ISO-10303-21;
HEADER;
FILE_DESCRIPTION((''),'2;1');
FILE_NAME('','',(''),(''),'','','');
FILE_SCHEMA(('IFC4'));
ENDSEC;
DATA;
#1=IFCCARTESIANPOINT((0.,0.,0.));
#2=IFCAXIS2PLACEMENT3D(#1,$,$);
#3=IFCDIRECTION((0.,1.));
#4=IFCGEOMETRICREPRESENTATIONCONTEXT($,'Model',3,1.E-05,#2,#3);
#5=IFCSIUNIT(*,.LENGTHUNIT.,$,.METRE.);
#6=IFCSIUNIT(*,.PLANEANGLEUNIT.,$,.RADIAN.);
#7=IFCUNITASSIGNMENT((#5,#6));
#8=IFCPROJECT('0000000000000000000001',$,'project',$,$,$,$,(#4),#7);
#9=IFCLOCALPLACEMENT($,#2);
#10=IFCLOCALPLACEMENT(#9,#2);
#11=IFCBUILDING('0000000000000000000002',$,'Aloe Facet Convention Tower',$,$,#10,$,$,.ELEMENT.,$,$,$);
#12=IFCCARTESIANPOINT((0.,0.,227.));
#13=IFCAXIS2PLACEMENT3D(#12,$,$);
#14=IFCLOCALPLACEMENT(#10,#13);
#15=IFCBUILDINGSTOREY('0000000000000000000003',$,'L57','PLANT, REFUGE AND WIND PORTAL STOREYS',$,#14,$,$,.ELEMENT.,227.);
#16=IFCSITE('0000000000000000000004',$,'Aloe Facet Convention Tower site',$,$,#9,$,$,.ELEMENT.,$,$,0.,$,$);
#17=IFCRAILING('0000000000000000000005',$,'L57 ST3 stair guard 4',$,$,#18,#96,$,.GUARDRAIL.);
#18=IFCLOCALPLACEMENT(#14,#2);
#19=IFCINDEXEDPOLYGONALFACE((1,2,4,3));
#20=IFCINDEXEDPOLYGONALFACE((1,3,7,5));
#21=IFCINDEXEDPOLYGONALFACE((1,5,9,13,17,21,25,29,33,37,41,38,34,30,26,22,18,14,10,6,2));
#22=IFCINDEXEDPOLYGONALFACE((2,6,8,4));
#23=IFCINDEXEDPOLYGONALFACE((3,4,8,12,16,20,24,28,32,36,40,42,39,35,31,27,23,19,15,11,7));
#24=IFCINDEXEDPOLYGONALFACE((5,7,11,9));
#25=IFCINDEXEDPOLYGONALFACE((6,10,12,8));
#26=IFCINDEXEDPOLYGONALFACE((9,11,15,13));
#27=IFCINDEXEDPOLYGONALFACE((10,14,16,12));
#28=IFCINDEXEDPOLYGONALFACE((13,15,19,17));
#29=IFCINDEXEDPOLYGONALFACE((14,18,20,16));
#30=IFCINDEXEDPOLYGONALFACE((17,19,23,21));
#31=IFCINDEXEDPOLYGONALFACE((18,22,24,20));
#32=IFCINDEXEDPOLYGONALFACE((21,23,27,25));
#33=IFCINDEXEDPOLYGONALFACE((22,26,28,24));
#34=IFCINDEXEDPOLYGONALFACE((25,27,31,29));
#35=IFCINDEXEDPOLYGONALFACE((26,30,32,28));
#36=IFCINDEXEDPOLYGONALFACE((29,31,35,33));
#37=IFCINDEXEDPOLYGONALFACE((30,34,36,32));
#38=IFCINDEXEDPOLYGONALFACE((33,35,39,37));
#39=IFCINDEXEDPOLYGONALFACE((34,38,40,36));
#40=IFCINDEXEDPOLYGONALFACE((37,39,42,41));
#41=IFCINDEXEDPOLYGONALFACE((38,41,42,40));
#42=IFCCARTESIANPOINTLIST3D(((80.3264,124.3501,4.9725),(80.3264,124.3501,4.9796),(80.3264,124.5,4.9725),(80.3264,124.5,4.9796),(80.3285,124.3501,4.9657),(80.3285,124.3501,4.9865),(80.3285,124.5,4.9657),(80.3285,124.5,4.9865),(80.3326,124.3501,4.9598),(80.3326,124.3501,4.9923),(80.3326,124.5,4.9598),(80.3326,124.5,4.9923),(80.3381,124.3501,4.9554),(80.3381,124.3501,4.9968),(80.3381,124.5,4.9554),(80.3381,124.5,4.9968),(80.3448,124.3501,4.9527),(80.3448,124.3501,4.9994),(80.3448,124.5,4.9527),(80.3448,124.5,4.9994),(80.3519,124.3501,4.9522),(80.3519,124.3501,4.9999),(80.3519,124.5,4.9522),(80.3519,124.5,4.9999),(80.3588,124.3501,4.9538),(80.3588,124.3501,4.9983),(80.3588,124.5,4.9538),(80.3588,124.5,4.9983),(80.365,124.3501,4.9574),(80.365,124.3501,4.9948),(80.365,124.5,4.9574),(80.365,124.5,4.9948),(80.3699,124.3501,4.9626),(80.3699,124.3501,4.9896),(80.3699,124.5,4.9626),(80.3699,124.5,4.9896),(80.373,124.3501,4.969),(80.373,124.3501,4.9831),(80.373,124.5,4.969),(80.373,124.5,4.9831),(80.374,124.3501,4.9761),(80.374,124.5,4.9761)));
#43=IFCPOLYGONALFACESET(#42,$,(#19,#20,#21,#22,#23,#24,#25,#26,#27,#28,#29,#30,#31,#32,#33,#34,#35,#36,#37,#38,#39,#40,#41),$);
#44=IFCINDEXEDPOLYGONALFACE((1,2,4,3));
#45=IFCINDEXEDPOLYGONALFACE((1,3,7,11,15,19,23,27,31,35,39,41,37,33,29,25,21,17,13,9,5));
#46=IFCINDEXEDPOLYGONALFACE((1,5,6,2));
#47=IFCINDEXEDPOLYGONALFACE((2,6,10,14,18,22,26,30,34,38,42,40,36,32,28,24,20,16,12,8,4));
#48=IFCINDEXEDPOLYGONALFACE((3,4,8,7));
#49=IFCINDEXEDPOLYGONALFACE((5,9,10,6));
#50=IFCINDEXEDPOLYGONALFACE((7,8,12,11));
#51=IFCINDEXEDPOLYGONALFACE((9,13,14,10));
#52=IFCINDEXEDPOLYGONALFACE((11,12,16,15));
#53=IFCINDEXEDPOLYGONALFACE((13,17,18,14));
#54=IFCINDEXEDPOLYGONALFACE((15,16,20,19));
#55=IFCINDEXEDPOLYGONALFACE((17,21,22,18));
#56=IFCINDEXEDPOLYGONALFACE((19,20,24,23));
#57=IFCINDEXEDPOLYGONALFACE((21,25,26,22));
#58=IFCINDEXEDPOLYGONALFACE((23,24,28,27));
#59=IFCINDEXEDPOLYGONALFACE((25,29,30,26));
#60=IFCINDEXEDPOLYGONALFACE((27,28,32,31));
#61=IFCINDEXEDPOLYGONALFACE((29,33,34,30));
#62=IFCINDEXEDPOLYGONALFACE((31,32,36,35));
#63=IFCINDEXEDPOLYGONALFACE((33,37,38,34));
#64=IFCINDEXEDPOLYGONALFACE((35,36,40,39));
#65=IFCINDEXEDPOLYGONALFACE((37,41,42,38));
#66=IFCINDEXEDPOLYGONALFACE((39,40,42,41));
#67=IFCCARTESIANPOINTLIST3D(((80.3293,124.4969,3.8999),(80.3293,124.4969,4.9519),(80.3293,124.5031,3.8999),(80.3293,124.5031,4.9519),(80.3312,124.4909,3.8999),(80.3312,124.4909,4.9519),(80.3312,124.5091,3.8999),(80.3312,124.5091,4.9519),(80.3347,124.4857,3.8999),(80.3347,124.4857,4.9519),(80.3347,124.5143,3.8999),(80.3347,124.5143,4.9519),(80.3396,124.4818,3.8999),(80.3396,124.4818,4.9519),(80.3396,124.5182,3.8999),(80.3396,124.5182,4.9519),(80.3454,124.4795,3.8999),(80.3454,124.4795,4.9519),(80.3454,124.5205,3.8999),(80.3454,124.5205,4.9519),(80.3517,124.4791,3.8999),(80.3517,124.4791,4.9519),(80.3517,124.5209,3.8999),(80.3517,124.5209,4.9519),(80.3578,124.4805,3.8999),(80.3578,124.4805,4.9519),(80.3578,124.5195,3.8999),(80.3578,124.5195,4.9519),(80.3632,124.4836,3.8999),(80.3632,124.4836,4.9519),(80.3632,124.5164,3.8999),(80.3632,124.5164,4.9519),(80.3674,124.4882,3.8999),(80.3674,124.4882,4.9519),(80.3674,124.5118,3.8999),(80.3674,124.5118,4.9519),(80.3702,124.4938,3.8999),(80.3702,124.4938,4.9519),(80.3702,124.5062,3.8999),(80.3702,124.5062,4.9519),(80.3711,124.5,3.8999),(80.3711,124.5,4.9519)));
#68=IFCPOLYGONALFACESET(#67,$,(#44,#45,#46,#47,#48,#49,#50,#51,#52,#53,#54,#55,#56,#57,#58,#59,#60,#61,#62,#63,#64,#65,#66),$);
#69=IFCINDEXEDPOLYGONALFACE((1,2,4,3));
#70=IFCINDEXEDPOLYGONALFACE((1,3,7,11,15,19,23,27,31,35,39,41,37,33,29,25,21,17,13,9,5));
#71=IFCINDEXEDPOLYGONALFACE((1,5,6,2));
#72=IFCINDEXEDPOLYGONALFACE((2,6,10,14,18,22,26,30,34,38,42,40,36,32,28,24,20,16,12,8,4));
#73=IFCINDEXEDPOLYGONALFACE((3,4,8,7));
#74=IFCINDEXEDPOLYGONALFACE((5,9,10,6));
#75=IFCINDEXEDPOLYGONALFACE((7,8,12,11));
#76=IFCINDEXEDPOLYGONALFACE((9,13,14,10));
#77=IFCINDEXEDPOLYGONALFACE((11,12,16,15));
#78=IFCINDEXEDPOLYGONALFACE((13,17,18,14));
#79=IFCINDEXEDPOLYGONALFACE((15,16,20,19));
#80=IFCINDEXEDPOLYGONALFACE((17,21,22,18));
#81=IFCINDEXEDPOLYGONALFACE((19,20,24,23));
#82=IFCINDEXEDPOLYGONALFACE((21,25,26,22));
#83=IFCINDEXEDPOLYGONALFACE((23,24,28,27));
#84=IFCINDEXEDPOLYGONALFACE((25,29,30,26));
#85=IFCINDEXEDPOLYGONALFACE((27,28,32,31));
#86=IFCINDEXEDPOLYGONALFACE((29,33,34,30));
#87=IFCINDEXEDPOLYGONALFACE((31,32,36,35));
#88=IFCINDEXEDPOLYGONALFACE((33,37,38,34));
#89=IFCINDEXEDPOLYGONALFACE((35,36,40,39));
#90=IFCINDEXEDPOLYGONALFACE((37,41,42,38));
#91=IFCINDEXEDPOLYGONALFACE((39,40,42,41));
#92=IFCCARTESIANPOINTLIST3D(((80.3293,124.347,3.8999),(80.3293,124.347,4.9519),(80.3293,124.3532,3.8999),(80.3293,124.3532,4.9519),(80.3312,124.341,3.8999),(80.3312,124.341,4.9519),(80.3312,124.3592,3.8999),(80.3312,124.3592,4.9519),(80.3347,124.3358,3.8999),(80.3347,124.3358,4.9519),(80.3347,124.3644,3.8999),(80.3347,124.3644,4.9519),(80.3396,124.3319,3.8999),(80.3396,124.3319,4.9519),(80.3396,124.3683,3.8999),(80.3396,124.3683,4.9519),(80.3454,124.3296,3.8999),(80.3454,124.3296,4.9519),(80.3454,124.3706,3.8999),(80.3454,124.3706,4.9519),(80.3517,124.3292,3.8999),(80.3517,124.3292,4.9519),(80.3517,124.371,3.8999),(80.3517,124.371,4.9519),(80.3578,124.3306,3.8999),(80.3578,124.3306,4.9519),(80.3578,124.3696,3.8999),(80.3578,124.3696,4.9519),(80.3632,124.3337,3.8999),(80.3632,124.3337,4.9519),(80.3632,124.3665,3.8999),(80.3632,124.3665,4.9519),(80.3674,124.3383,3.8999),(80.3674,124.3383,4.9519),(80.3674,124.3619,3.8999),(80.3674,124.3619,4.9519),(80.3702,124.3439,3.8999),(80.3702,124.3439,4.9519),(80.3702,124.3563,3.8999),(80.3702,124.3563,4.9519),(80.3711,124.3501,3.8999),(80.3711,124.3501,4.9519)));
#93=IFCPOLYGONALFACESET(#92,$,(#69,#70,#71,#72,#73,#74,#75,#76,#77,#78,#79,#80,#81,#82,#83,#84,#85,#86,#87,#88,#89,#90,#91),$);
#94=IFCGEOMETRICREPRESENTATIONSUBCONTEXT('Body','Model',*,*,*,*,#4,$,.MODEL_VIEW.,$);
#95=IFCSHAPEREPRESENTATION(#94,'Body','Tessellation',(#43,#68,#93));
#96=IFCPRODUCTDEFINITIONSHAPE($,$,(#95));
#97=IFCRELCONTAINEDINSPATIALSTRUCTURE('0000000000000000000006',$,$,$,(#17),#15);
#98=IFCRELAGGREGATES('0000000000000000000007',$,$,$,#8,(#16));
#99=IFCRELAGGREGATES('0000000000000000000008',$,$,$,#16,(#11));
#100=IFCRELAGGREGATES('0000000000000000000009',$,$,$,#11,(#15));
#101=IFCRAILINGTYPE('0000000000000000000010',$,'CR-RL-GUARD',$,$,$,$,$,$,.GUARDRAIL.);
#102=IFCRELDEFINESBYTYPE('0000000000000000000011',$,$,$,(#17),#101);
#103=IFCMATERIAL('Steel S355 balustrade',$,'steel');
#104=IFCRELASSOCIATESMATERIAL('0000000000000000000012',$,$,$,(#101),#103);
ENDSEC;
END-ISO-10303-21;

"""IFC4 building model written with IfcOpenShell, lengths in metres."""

from ifc_helpers import new_model, si_unit, direction, frame, origin, origin_2d, place, context, subcontext, project, spatial, circle, extrude, material, type_object, element, save


model = new_model("IFC4")

# Units and contexts
model_context = context("Model", 3, precision=1e-05, world=origin(), true_north=direction((0.0, 1.0)))
body_context = subcontext(model_context, "Body", "Model", "MODEL_VIEW")
ifc_project = project(units=[si_unit("LENGTHUNIT", "METRE"), si_unit("PLANEANGLEUNIT", "RADIAN")], contexts=[model_context])

# Site, building, storey
site_placement = place(None, origin())
site = spatial("IfcSite", under=ifc_project, at=site_placement, Name="Aloe Facet Convention Tower site", CompositionType="ELEMENT", RefElevation=0.0)
building_placement = place(site_placement, origin())
building = spatial("IfcBuilding", under=site, at=building_placement, Name="Aloe Facet Convention Tower", CompositionType="ELEMENT")
storey_placement = place(building_placement, frame((0.0, 0.0, 227.0)))
storey = spatial("IfcBuildingStorey", under=building, at=storey_placement, Name="L57", Description="PLANT, REFUGE AND WIND PORTAL STOREYS", CompositionType="ELEMENT", Elevation=227.0)

# Railing
ifc_material_1 = material(Name="Steel S355 balustrade", Category="steel")
railing_type_1 = type_object("IfcRailingType", Name="CR-RL-GUARD", PredefinedType="GUARDRAIL", material=ifc_material_1)
railing_1_placement = place(storey_placement, frame((80.3501, 124.5, 3.8999)))
element("IfcRailing", 1, at=railing_1_placement, inside=storey, type_object=railing_type_1, Name="L57 ST3 stair guard 4", PredefinedType="GUARDRAIL", context=body_context, shape_type="SweptSolid", body=[
    extrude(circle(Radius=0.0239, at=origin_2d()), frame((0.0, 0.0, 1.0762), z_axis=(0.0, -1.0, 0.0), x_axis=(1.0, 0.0, 0.0)), (0.0, 0.0, 1.0), 0.1499),
    extrude(circle(Radius=0.021, at=origin_2d()), origin(), (0.0, 0.0, 1.0), 1.052),
    extrude(circle(Radius=0.021, at=origin_2d()), frame((0.0, -0.1499, 0.0)), (0.0, 0.0, 1.0), 1.052),
])

save(model, "model.ifc")
